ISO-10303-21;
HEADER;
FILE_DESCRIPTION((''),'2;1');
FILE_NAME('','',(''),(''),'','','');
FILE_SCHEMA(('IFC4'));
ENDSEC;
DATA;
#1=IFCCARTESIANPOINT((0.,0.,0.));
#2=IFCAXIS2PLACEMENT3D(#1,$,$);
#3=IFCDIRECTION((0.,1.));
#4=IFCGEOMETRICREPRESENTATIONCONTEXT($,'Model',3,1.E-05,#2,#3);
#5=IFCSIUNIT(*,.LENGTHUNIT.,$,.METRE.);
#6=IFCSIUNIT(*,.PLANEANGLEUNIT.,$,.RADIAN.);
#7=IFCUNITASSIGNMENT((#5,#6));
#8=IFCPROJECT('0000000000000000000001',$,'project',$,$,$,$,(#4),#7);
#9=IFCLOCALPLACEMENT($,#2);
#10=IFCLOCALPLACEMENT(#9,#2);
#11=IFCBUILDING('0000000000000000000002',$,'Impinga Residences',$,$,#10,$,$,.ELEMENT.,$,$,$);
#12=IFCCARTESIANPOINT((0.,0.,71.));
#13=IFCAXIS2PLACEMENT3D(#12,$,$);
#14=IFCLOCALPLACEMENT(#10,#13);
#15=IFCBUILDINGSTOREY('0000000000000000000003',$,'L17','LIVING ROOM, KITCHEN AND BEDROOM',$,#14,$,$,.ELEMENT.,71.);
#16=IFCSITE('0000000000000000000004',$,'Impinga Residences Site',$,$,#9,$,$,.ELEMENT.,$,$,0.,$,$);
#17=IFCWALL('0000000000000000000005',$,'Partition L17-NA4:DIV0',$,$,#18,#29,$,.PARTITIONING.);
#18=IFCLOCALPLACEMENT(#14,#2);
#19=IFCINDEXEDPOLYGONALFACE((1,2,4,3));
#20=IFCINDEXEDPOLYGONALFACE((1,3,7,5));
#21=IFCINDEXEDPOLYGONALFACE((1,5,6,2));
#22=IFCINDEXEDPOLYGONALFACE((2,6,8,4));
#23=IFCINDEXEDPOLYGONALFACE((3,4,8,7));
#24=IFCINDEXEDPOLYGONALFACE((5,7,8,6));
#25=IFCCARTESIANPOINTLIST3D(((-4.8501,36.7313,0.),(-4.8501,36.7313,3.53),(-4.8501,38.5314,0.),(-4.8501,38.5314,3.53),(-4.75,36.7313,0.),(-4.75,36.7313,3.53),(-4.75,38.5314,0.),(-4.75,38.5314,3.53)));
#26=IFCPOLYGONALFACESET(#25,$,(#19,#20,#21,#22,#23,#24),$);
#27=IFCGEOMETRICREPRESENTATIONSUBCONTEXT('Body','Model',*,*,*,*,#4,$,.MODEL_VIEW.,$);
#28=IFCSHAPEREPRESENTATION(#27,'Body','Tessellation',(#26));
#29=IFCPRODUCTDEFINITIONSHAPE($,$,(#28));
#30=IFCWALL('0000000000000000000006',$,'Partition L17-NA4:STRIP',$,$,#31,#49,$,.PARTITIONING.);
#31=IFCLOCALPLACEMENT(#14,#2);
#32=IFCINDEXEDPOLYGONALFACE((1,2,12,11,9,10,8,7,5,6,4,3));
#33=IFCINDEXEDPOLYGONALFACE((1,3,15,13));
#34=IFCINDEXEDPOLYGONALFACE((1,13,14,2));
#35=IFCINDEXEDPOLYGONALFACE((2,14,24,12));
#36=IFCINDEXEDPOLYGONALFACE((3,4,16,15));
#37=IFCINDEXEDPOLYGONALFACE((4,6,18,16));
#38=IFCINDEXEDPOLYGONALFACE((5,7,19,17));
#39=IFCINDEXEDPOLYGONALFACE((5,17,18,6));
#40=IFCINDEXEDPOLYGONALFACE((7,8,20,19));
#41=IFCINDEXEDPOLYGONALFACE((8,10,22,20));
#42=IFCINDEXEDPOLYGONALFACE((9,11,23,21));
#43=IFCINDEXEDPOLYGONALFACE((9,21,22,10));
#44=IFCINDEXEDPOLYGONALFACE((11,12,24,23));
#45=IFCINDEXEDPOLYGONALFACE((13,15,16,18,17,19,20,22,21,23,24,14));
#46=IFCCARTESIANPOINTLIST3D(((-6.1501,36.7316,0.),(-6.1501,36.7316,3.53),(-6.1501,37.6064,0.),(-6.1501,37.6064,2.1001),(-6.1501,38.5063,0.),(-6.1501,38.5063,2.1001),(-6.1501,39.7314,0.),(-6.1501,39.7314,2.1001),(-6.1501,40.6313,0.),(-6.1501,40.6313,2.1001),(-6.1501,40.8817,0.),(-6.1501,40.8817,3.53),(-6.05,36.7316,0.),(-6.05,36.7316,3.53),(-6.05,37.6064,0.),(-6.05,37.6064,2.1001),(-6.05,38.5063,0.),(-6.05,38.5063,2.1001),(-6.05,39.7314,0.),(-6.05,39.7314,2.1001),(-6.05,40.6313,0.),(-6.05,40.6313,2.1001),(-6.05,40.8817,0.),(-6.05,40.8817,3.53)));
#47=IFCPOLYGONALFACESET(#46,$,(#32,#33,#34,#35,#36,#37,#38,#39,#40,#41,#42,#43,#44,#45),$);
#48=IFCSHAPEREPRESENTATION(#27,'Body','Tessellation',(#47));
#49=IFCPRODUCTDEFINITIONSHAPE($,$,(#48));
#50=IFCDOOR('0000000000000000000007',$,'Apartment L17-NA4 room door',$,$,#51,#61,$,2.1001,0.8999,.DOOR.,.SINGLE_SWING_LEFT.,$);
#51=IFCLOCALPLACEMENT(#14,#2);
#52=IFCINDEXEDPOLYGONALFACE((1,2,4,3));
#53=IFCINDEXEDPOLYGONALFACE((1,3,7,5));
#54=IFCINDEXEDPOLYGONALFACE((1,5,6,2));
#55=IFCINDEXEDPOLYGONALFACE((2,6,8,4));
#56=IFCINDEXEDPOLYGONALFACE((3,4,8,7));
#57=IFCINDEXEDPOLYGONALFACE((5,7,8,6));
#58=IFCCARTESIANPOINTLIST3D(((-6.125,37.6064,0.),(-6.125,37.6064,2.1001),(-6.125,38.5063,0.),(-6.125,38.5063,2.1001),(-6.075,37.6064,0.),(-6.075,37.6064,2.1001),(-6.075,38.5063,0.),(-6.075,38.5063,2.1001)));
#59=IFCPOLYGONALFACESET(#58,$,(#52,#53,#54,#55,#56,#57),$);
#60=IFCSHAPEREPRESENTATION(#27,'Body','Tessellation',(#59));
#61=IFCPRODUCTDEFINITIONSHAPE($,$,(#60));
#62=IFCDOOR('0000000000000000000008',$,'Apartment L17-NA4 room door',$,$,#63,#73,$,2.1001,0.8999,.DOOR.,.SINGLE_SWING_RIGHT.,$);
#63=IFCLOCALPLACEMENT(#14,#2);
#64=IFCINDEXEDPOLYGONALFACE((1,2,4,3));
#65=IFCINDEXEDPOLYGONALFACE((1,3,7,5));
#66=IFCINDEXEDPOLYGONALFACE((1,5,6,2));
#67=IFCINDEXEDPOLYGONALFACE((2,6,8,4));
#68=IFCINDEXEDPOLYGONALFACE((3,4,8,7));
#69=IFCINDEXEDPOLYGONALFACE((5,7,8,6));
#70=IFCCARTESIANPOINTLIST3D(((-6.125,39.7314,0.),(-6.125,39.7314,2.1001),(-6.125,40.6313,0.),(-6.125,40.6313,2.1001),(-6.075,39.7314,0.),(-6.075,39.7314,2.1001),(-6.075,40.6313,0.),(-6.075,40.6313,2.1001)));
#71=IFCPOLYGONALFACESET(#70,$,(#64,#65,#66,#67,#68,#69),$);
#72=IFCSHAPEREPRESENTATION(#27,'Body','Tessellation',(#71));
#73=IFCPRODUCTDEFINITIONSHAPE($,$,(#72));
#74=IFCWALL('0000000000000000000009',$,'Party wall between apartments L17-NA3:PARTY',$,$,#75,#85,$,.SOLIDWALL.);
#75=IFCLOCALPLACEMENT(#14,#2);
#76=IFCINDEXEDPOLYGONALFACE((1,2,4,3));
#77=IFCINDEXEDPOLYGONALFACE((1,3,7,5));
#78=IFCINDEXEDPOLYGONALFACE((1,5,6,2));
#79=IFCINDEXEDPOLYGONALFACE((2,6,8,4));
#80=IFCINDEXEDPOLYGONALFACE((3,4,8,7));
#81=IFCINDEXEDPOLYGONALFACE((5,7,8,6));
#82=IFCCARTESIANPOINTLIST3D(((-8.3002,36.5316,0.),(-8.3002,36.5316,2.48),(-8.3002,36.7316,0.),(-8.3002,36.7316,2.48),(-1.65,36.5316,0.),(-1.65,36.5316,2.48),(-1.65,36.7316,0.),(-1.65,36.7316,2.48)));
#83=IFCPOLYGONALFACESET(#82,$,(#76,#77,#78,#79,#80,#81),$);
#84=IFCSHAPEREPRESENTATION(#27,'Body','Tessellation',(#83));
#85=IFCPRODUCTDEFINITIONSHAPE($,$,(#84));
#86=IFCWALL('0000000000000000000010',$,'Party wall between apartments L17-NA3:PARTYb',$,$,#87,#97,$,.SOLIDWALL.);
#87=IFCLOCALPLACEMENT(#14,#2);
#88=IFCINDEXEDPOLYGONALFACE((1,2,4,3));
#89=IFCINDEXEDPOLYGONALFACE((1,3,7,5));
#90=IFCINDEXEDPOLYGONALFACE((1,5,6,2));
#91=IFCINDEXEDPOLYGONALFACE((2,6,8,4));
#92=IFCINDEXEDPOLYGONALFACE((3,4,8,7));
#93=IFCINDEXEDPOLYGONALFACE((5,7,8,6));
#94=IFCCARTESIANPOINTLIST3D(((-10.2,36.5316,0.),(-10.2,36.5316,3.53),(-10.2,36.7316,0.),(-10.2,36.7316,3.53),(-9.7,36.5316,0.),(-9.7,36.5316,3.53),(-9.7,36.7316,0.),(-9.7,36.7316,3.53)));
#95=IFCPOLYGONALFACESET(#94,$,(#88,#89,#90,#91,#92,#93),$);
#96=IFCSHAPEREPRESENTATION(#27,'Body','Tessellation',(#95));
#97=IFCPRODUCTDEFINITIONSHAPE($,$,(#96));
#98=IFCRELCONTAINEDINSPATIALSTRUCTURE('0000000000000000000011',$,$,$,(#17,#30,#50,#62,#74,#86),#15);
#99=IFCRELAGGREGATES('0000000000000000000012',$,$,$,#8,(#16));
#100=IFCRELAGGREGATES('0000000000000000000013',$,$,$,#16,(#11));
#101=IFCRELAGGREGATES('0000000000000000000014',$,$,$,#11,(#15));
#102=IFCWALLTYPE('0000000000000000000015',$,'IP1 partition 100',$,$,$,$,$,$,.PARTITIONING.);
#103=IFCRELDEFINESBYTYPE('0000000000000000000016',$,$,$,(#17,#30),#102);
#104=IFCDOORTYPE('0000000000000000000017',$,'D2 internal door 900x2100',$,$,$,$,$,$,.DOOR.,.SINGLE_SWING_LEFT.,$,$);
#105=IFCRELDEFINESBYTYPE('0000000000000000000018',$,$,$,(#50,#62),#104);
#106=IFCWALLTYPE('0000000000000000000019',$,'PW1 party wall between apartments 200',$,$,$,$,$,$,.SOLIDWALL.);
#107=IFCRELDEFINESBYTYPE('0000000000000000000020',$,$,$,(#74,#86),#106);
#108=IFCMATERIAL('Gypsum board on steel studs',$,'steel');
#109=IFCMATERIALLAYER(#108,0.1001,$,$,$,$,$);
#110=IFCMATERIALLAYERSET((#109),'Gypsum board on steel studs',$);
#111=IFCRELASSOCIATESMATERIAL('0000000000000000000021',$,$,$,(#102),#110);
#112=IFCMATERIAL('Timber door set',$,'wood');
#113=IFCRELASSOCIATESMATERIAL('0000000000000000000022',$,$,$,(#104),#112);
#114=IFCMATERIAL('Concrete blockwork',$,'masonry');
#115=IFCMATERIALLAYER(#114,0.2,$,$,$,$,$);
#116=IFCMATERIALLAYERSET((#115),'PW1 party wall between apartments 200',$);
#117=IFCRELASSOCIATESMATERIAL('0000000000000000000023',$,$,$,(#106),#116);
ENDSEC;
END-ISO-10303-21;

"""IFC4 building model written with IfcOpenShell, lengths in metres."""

from ifc_helpers import new_model, si_unit, direction, frame, frame_2d, origin, place, context, subcontext, project, spatial, rectangle, extrude, material, layer, layer_set, type_object, element, fill, save


model = new_model("IFC4")

# Units and contexts
model_context = context("Model", 3, precision=1e-05, world=origin(), true_north=direction((0.0, 1.0)))
body_context = subcontext(model_context, "Body", "Model", "MODEL_VIEW")
ifc_project = project(units=[si_unit("LENGTHUNIT", "METRE"), si_unit("PLANEANGLEUNIT", "RADIAN")], contexts=[model_context])

# Site, building, storey
site_placement = place(None, origin())
site = spatial("IfcSite", under=ifc_project, at=site_placement, Name="Impinga Residences Site", CompositionType="ELEMENT", RefElevation=0.0)
building_placement = place(site_placement, origin())
building = spatial("IfcBuilding", under=site, at=building_placement, Name="Impinga Residences", CompositionType="ELEMENT")
storey_placement = place(building_placement, frame((0.0, 0.0, 71.0)))
storey = spatial("IfcBuildingStorey", under=building, at=storey_placement, Name="L17", Description="LIVING ROOM, KITCHEN AND BEDROOM", CompositionType="ELEMENT", Elevation=71.0)

# Shared definitions
ifc_material_1 = material(Name="Gypsum board on steel studs", Category="steel")
ifc_layer_1 = layer(ifc_material_1, 0.1001)
ifc_layer_set_1 = layer_set([ifc_layer_1], Name="Gypsum board on steel studs")
wall_type_1 = type_object("IfcWallType", Name="IP1 partition 100", PredefinedType="PARTITIONING", material=ifc_layer_set_1)

# Shared definitions
ifc_material_2 = material(Name="Timber door set", Category="wood")
door_type = type_object("IfcDoorType", Name="D2 internal door 900x2100", OperationType="SINGLE_SWING_LEFT", PredefinedType="DOOR", material=ifc_material_2)

# Wall
wall_1_placement = place(storey_placement, frame((-4.8, 36.7314, 0.0), z_axis=(0.0, 0.0, 1.0), x_axis=(0.0, 1.0, 0.0)))
element("IfcWall", 1, at=wall_1_placement, inside=storey, type_object=wall_type_1, Name="Partition L17-NA4:DIV0", PredefinedType="PARTITIONING", context=body_context, shape_type="SweptSolid", body=[
    extrude(rectangle(XDim=1.8, YDim=0.1001, at=frame_2d((0.8999, 0.0))), origin(), (0.0, 0.0, 1.0), 3.53),
])

# Wall, openings, doors
wall_2_placement = place(storey_placement, frame((-6.1001, 36.7314, 0.0), z_axis=(0.0, 0.0, 1.0), x_axis=(0.0, 1.0, 0.0)))
wall_2 = element("IfcWall", 2, at=wall_2_placement, inside=storey, type_object=wall_type_1, Name="Partition L17-NA4:STRIP", PredefinedType="PARTITIONING", context=body_context, shape_type="SweptSolid", body=[
    extrude(rectangle(XDim=4.1501, YDim=0.1001, at=frame_2d((2.0752, 0.0))), origin(), (0.0, 0.0, 1.0), 3.53),
])
opening_1_placement = place(wall_2_placement, frame((0.875, 0.0, 0.0)))
opening_1 = element("IfcOpeningElement", 3, at=opening_1_placement, cuts=wall_2, PredefinedType="OPENING", context=body_context, shape_type="SweptSolid", body=[
    extrude(rectangle(XDim=0.8999, YDim=2.1001, at=frame_2d((0.45, 1.05))), frame((0.0, 0.0601, 0.0), z_axis=(0.0, -1.0, 0.0), x_axis=(1.0, 0.0, 0.0)), (0.0, 0.0, 1.0), 0.1201),
])
opening_2_placement = place(wall_2_placement, frame((3.0, 0.0, 0.0)))
opening_2 = element("IfcOpeningElement", 4, at=opening_2_placement, cuts=wall_2, PredefinedType="OPENING", context=body_context, shape_type="SweptSolid", body=[
    extrude(rectangle(XDim=0.8999, YDim=2.1001, at=frame_2d((0.45, 1.05))), frame((0.0, 0.0601, 0.0), z_axis=(0.0, -1.0, 0.0), x_axis=(1.0, 0.0, 0.0)), (0.0, 0.0, 1.0), 0.1201),
])
door_1_placement = place(opening_1_placement, origin())
door_1 = element("IfcDoor", 5, at=door_1_placement, inside=storey, type_object=door_type, Name="Apartment L17-NA4 room door", OperationType="SINGLE_SWING_LEFT", OverallHeight=2.1001, OverallWidth=0.8999, PredefinedType="DOOR", context=body_context, shape_type="SweptSolid", body=[
    extrude(rectangle(XDim=0.8999, YDim=2.1001, at=frame_2d((0.45, 1.05))), frame((0.0, 0.0249, 0.0), z_axis=(0.0, -1.0, 0.0), x_axis=(1.0, 0.0, 0.0)), (0.0, 0.0, 1.0), 0.05),
])
fill(opening_1, door_1)
door_2_placement = place(opening_2_placement, origin())
door_2 = element("IfcDoor", 6, at=door_2_placement, inside=storey, type_object=door_type, Name="Apartment L17-NA4 room door", OperationType="SINGLE_SWING_RIGHT", OverallHeight=2.1001, OverallWidth=0.8999, PredefinedType="DOOR", context=body_context, shape_type="SweptSolid", body=[
    extrude(rectangle(XDim=0.8999, YDim=2.1001, at=frame_2d((0.45, 1.05))), frame((0.0, 0.0249, 0.0), z_axis=(0.0, -1.0, 0.0), x_axis=(1.0, 0.0, 0.0)), (0.0, 0.0, 1.0), 0.05),
])
fill(opening_2, door_2)

# Walls
ifc_material_3 = material(Name="Concrete blockwork", Category="masonry")
ifc_layer_2 = layer(ifc_material_3, 0.2)
ifc_layer_set_2 = layer_set([ifc_layer_2], Name="PW1 party wall between apartments 200")
wall_type_2 = type_object("IfcWallType", Name="PW1 party wall between apartments 200", PredefinedType="SOLIDWALL", material=ifc_layer_set_2)
wall_3_placement = place(storey_placement, frame((-1.6499, 36.6316, 0.0), z_axis=(0.0, 0.0, 1.0), x_axis=(-1.0, 0.0, 0.0)))
element("IfcWall", 7, at=wall_3_placement, inside=storey, type_object=wall_type_2, Name="Party wall between apartments L17-NA3:PARTY", PredefinedType="SOLIDWALL", context=body_context, shape_type="SweptSolid", body=[
    extrude(rectangle(XDim=6.6501, YDim=0.2, at=frame_2d((3.3252, 0.0))), origin(), (0.0, 0.0, 1.0), 2.48),
])
wall_4_placement = place(storey_placement, frame((-9.7, 36.6316, 0.0), z_axis=(0.0, 0.0, 1.0), x_axis=(-1.0, 0.0, 0.0)))
element("IfcWall", 8, at=wall_4_placement, inside=storey, type_object=wall_type_2, Name="Party wall between apartments L17-NA3:PARTYb", PredefinedType="SOLIDWALL", context=body_context, shape_type="SweptSolid", body=[
    extrude(rectangle(XDim=0.5, YDim=0.2, at=frame_2d((0.25, 0.0))), origin(), (0.0, 0.0, 1.0), 3.53),
])

save(model, "model.ifc")
